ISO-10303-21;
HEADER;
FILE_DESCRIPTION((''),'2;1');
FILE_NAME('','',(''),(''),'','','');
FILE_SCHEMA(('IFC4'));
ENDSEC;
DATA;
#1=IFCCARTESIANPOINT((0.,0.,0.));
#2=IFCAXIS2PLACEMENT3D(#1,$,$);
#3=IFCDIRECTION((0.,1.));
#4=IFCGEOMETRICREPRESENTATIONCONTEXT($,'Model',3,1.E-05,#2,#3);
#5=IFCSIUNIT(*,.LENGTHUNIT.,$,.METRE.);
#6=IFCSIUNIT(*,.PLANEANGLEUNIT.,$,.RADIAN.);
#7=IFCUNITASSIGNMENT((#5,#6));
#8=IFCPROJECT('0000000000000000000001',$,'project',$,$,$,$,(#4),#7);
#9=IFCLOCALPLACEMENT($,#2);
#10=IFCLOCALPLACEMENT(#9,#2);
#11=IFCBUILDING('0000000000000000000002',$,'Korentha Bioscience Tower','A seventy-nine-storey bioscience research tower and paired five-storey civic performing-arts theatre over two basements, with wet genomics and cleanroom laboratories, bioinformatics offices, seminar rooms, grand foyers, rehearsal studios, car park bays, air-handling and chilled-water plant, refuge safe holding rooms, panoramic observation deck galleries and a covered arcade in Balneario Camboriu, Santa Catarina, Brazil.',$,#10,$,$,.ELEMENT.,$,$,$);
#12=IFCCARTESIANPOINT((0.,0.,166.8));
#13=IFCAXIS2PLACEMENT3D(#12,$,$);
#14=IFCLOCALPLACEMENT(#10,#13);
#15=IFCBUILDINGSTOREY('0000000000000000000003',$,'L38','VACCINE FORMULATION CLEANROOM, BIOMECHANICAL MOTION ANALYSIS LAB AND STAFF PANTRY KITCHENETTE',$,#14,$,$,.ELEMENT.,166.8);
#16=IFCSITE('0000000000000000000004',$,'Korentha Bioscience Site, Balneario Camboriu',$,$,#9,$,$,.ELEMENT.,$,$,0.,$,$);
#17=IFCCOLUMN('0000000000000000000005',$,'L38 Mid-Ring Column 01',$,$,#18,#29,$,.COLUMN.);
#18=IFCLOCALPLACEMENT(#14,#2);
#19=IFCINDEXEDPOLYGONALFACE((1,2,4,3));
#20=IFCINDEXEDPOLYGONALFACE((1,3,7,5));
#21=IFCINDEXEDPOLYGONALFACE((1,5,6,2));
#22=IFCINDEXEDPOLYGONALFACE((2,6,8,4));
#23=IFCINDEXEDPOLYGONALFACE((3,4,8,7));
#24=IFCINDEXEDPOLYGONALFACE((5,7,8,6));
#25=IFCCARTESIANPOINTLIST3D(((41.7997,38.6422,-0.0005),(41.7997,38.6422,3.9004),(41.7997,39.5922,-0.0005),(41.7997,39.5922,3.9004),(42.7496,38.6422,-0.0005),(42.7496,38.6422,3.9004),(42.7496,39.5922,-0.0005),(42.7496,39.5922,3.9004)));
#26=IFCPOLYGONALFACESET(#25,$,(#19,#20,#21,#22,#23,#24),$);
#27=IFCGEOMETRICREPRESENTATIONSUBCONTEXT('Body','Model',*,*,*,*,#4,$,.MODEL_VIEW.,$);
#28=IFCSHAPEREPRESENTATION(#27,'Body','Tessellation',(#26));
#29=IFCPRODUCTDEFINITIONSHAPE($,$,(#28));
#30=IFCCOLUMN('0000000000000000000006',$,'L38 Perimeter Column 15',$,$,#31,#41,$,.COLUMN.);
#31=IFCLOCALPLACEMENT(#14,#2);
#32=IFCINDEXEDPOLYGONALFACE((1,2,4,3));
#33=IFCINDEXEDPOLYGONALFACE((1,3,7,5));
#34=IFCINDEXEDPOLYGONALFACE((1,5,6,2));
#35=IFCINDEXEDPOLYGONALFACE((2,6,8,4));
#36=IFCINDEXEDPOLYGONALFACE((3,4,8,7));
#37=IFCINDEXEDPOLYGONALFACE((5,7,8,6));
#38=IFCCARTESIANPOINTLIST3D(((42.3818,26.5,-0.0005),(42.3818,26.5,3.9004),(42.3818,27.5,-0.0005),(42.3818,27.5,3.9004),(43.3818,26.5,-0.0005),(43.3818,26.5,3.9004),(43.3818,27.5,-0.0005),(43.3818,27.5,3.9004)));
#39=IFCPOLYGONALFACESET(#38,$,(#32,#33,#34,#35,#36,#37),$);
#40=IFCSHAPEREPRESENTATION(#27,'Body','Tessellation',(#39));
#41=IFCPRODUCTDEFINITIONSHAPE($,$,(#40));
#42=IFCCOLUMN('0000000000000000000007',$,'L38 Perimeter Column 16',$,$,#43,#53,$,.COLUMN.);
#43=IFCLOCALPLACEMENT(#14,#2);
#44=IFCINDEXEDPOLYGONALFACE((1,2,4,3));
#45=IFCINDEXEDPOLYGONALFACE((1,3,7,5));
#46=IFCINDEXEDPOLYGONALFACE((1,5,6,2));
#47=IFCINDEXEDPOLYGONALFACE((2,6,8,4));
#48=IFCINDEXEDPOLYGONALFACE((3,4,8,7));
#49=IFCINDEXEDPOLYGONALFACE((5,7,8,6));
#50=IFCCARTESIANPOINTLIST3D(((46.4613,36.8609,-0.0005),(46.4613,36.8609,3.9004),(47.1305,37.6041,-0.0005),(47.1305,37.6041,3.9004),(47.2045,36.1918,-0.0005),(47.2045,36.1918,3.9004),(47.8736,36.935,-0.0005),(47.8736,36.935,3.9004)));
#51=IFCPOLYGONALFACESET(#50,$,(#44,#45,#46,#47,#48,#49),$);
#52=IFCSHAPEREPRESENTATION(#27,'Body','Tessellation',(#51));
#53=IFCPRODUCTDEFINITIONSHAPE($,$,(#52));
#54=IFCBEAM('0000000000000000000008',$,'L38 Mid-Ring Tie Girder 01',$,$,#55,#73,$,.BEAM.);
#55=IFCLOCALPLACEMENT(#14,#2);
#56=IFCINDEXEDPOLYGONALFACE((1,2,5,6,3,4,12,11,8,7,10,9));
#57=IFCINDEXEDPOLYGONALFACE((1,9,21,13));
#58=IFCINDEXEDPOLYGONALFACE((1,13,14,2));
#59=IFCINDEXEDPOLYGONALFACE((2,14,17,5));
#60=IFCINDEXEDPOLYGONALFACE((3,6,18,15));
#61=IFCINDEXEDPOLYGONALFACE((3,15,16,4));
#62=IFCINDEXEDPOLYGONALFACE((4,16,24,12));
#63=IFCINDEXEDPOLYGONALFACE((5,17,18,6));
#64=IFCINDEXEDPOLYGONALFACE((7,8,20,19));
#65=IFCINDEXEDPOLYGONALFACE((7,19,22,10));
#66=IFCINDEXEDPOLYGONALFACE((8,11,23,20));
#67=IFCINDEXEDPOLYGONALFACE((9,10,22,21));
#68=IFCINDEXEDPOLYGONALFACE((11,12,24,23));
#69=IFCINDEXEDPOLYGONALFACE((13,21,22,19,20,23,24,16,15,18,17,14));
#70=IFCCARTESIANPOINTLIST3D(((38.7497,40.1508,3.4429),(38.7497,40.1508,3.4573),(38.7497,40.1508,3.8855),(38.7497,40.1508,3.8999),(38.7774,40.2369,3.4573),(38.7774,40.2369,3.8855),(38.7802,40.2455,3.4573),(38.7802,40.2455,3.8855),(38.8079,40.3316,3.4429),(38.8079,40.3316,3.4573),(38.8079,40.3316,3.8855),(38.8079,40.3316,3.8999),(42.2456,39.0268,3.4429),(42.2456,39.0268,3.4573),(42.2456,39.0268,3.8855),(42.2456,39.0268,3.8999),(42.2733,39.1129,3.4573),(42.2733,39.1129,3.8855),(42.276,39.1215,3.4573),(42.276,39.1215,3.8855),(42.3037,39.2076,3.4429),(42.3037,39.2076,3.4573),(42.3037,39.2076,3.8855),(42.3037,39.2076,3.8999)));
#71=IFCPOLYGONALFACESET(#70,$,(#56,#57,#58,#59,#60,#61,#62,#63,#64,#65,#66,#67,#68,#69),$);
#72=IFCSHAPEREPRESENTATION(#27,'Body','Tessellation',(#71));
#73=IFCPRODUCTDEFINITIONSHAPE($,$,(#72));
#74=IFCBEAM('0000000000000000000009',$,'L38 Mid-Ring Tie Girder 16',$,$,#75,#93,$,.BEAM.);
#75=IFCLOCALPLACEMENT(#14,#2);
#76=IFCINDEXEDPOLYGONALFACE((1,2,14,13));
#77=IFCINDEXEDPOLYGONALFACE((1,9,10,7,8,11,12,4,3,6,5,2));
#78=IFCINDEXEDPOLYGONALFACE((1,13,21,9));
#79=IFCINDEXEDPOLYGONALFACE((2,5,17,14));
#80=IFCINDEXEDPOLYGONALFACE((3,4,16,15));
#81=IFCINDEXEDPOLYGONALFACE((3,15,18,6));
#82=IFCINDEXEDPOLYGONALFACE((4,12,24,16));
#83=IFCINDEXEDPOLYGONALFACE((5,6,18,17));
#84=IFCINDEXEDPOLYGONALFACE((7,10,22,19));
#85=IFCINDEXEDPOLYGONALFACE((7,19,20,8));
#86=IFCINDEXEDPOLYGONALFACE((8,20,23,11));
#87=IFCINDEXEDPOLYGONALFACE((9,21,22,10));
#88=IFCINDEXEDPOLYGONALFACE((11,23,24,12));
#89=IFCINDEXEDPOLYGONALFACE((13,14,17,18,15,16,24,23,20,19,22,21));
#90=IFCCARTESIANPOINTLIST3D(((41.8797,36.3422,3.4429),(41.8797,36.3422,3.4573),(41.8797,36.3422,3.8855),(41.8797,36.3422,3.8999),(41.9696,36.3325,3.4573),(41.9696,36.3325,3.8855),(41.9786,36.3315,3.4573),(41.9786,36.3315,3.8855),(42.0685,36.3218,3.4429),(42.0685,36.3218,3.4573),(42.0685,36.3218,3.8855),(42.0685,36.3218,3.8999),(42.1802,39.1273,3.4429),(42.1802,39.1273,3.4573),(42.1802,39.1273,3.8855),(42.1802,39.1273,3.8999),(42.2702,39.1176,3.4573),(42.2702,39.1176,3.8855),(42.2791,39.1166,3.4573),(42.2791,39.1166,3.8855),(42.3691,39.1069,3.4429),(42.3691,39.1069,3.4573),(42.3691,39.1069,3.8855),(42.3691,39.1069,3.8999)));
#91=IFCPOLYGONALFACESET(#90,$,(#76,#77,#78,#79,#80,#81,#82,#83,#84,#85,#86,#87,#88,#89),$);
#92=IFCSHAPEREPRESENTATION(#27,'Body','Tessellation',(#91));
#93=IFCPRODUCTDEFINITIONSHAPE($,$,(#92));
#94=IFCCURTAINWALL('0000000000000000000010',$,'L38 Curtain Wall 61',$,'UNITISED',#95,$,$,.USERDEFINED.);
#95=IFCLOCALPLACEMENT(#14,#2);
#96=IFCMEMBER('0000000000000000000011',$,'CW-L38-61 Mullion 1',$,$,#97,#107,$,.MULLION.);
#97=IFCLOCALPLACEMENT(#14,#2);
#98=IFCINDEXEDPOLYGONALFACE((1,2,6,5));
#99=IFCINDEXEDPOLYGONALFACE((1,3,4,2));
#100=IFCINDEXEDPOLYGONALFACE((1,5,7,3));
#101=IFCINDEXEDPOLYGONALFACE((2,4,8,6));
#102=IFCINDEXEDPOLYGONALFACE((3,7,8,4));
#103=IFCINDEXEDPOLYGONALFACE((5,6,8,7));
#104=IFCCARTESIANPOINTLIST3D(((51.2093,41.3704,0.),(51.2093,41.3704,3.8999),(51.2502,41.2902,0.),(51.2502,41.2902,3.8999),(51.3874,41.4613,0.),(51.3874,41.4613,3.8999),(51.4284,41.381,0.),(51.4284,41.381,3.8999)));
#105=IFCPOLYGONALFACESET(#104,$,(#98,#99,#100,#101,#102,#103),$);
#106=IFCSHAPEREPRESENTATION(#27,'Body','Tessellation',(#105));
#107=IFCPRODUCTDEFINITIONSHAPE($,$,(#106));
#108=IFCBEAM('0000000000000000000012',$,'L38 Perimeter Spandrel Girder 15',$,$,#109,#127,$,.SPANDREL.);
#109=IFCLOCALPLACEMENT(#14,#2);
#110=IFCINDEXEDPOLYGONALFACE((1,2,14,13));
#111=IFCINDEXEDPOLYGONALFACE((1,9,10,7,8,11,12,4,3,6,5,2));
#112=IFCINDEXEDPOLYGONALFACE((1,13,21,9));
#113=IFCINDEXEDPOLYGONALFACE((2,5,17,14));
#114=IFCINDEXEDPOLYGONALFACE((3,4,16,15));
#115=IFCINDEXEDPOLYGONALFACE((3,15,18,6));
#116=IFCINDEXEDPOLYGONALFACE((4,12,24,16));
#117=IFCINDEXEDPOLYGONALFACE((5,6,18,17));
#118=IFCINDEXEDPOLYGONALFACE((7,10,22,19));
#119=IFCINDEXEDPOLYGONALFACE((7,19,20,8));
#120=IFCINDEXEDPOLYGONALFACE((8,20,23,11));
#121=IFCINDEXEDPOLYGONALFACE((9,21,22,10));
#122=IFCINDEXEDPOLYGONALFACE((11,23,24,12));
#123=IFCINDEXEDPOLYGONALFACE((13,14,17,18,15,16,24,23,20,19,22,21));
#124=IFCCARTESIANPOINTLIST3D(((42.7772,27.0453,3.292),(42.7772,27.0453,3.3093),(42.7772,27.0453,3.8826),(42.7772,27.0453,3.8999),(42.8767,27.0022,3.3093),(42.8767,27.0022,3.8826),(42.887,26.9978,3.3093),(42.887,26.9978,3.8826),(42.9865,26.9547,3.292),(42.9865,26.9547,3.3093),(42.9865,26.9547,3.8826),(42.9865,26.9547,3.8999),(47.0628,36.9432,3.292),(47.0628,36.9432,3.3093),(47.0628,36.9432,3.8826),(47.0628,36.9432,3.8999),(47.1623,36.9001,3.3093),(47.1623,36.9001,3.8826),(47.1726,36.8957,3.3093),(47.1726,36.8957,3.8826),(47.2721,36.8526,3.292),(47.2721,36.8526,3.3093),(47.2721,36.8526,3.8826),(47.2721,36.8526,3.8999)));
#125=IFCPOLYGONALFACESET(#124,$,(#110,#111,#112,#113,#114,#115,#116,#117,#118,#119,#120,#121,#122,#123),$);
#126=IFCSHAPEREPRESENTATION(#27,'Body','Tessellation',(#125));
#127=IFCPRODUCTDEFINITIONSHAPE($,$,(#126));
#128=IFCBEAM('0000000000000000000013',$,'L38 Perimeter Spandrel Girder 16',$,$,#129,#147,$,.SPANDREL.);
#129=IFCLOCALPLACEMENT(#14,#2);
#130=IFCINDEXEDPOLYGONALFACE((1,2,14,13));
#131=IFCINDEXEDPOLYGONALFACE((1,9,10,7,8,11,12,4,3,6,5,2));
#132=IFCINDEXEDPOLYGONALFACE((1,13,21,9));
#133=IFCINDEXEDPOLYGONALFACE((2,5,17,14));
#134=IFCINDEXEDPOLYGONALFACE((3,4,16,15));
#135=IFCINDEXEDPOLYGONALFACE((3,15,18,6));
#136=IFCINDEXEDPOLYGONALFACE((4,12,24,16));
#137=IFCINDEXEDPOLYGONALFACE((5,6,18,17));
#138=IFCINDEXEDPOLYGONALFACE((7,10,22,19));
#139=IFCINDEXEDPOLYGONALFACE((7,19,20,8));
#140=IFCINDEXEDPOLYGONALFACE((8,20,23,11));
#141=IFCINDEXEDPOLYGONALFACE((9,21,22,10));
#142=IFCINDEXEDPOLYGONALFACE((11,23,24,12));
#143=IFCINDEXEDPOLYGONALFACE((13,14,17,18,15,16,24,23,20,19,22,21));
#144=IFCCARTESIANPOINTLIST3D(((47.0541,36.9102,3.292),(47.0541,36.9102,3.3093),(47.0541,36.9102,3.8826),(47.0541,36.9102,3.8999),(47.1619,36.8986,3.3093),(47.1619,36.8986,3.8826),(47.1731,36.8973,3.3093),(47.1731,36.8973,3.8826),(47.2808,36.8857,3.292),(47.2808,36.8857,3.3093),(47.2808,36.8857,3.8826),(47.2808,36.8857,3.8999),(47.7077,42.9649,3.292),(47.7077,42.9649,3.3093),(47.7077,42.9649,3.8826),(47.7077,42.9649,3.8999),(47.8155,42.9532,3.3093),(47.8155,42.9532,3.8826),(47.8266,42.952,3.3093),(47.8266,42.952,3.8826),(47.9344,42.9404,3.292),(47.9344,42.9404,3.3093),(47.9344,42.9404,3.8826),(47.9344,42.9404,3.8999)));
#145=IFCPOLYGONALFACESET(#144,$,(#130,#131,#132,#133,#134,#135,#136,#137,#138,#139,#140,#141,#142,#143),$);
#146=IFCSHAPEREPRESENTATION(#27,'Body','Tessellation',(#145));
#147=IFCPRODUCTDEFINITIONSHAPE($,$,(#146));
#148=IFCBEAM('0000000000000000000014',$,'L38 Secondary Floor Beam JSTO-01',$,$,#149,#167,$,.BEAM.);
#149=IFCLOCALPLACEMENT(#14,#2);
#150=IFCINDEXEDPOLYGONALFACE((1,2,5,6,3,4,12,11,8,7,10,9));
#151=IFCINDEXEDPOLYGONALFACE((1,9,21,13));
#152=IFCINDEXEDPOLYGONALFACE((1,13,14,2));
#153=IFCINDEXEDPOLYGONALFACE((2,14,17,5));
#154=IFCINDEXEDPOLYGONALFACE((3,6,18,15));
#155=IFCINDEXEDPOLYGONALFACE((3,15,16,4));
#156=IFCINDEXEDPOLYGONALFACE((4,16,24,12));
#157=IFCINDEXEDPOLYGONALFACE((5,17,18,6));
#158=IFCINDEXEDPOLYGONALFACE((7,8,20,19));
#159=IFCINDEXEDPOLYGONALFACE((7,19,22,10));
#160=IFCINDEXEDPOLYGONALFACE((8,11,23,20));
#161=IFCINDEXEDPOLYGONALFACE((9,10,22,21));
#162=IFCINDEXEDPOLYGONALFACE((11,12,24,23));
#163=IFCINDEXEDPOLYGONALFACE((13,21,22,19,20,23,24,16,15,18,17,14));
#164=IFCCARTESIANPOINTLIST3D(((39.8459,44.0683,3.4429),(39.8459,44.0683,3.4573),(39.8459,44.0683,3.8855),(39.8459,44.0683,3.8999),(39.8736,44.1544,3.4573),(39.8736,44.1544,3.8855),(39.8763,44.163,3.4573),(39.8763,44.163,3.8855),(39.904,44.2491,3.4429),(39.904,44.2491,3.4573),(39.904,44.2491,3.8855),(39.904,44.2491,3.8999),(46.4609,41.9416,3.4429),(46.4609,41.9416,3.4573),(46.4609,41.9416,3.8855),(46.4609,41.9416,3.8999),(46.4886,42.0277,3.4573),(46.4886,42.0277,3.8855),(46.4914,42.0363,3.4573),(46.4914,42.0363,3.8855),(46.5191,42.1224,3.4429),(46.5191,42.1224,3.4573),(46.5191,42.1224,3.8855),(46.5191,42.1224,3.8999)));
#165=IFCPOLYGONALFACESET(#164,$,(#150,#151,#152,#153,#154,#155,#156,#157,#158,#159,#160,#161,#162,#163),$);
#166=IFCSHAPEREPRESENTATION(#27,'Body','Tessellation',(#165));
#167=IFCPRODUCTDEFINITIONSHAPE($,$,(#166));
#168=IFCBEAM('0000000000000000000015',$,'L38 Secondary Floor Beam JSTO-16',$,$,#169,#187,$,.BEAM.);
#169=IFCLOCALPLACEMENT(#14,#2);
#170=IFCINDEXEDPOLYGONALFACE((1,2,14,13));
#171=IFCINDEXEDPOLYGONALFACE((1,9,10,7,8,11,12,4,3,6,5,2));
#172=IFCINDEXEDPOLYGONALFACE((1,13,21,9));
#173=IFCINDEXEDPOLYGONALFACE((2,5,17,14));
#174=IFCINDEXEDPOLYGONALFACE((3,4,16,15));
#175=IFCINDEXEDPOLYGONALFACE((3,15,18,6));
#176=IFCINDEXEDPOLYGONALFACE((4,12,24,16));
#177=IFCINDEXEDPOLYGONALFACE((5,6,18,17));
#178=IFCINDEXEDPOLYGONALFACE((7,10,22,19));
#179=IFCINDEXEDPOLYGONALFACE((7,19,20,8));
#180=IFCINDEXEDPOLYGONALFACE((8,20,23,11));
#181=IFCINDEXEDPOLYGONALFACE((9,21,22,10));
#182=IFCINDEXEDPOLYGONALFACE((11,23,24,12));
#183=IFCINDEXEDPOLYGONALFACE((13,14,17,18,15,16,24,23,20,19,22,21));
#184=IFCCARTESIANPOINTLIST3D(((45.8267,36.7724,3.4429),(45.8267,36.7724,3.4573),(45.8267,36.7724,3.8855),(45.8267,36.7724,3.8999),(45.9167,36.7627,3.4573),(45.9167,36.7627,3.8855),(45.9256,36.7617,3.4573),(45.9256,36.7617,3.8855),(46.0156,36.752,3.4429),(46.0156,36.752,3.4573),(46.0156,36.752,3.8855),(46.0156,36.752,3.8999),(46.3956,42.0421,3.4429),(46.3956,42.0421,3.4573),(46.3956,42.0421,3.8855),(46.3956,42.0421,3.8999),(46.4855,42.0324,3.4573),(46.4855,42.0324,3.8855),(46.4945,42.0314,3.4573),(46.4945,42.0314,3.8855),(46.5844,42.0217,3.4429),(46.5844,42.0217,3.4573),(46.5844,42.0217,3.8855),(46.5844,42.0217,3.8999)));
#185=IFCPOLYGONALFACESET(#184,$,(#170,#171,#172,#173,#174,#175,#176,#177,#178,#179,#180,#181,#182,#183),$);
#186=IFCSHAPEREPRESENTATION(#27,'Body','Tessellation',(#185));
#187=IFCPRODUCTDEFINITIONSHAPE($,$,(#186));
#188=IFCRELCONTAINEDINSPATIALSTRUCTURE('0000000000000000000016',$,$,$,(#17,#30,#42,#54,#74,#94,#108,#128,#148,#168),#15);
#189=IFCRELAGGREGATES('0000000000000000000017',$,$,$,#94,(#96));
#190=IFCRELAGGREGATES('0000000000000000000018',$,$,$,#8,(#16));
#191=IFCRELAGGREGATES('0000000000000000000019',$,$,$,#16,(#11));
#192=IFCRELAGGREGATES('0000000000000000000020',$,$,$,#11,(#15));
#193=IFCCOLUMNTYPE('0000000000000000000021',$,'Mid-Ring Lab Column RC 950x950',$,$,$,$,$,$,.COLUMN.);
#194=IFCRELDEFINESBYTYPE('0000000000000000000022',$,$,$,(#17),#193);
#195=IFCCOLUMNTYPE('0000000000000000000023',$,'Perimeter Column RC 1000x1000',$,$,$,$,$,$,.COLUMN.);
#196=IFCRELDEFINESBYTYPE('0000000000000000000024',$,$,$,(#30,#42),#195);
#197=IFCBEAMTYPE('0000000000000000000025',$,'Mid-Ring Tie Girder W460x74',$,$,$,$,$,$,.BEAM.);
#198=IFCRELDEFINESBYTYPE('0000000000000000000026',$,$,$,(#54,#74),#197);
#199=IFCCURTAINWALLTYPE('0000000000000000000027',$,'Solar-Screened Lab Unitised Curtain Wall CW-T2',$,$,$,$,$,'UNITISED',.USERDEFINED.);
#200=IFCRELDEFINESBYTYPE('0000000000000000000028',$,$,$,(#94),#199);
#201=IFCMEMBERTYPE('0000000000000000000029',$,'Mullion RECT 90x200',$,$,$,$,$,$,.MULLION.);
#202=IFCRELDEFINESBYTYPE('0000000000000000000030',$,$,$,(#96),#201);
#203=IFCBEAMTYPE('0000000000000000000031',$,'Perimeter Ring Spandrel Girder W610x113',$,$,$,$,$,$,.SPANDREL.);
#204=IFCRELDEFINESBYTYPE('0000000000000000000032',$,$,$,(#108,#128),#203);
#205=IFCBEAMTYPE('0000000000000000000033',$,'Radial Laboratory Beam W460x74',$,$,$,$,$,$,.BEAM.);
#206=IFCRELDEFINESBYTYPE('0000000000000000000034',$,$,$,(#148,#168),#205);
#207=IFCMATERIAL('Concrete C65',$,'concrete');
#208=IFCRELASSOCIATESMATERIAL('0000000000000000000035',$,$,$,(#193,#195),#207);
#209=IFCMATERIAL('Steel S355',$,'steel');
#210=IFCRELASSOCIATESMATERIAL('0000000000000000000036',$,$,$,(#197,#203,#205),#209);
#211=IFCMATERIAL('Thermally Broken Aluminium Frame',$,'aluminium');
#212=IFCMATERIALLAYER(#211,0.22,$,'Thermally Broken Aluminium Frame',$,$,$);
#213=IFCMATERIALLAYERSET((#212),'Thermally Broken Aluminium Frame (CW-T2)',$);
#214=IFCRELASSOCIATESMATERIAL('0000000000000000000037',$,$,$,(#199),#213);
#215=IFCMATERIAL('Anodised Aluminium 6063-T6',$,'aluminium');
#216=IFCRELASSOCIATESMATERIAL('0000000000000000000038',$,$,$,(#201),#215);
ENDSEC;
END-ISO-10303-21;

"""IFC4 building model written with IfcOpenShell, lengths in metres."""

from ifc_helpers import new_model, si_unit, direction, frame, origin, origin_2d, place, context, subcontext, project, spatial, rectangle, i_section, extrude, material, layer, layer_set, material_profile, profile_set, type_object, element, aggregate, save


model = new_model("IFC4")

# Units and contexts
model_context = context("Model", 3, precision=1e-05, world=origin(), true_north=direction((0.0, 1.0)))
body_context = subcontext(model_context, "Body", "Model", "MODEL_VIEW")
ifc_project = project(units=[si_unit("LENGTHUNIT", "METRE"), si_unit("PLANEANGLEUNIT", "RADIAN")], contexts=[model_context])

# Site, building, storey
site_placement = place(None, origin())
site = spatial("IfcSite", under=ifc_project, at=site_placement, Name="Korentha Bioscience Site, Balneario Camboriu", CompositionType="ELEMENT", RefElevation=0.0)
building_placement = place(site_placement, origin())
building = spatial("IfcBuilding", under=site, at=building_placement, Name="Korentha Bioscience Tower", Description="A seventy-nine-storey bioscience research tower and paired five-storey civic performing-arts theatre over two basements, with wet genomics and cleanroom laboratories, bioinformatics offices, seminar rooms, grand foyers, rehearsal studios, car park bays, air-handling and chilled-water plant, refuge safe holding rooms, panoramic observation deck galleries and a covered arcade in Balneario Camboriu, Santa Catarina, Brazil.", CompositionType="ELEMENT")
storey_placement = place(building_placement, frame((0.0, 0.0, 166.8)))
storey = spatial("IfcBuildingStorey", under=building, at=storey_placement, Name="L38", Description="VACCINE FORMULATION CLEANROOM, BIOMECHANICAL MOTION ANALYSIS LAB AND STAFF PANTRY KITCHENETTE", CompositionType="ELEMENT", Elevation=166.8)

# Columns
ifc_material_1 = material(Name="Concrete C65", Category="concrete")
ifc_material_profile_1 = material_profile(ifc_material_1, rectangle(XDim=0.95, YDim=0.95, at=origin_2d()), Name="Concrete C65")
ifc_profile_set_1 = profile_set([ifc_material_profile_1], Name="Concrete C65 (COL-MR09)")
column_type_1 = type_object("IfcColumnType", Name="Mid-Ring Lab Column RC 950x950", PredefinedType="COLUMN", material=ifc_profile_set_1)
column_placement = place(storey_placement, frame((42.2747, 39.1172, -0.0005), z_axis=(0.0, 0.0, 1.0), x_axis=(1.0, 0.0, 0.0)))
element("IfcColumn", 1, at=column_placement, inside=storey, type_object=column_type_1, Name="L38 Mid-Ring Column 01", PredefinedType="COLUMN", context=body_context, shape_type="SweptSolid", body=[
    extrude(rectangle(XDim=0.95, YDim=0.95, at=origin_2d()), origin(), (0.0, 0.0, 1.0), 3.9009),
])
ifc_material_profile_2 = material_profile(ifc_material_1, rectangle(XDim=1.0, YDim=1.0, at=origin_2d()), Name="Concrete C65")
ifc_profile_set_2 = profile_set([ifc_material_profile_2], Name="Concrete C65 (COL-P10)")
column_type_2 = type_object("IfcColumnType", Name="Perimeter Column RC 1000x1000", PredefinedType="COLUMN", material=ifc_profile_set_2)
for number, where, z_axis, x_axis, name in (
    (2, (42.8818, 27.0, -0.0005), (0.0, 0.0, 1.0), (0.0, 1.0, 0.0), "L38 Perimeter Column 15"),
    (3, (47.1675, 36.8979, -0.0005), (0.0, 0.0, 1.0), (0.669131, 0.743145, 0.0), "L38 Perimeter Column 16"),
):
    element("IfcColumn", number, at=place(storey_placement, frame(where, z_axis=z_axis, x_axis=x_axis)), inside=storey, type_object=column_type_2, Name=name, PredefinedType="COLUMN", context=body_context, shape_type="SweptSolid", body=[
        extrude(rectangle(XDim=1.0, YDim=1.0, at=origin_2d()), origin(), (0.0, 0.0, 1.0), 3.9009),
    ])

# Beams
ifc_material_2 = material(Name="Steel S355", Category="steel")
ifc_material_profile_3 = material_profile(ifc_material_2, i_section(OverallWidth=0.1899, OverallDepth=0.457, WebThickness=0.009, FlangeThickness=0.0144, at=origin_2d()), Name="Steel S355")
ifc_profile_set_3 = profile_set([ifc_material_profile_3], Name="Steel S355 (MB-460)")
beam_type_1 = type_object("IfcBeamType", Name="Mid-Ring Tie Girder W460x74", PredefinedType="BEAM", material=ifc_profile_set_3)
beam_1_placement = place(storey_placement, frame((42.2747, 39.1172, 3.6714), z_axis=(-0.952, 0.306097, 0.0), x_axis=(-0.306097, -0.952, 0.0)))
element("IfcBeam", 4, at=beam_1_placement, inside=storey, type_object=beam_type_1, Name="L38 Mid-Ring Tie Girder 01", PredefinedType="BEAM", context=body_context, shape_type="SweptSolid", body=[
    extrude(i_section(OverallWidth=0.1899, OverallDepth=0.457, WebThickness=0.009, FlangeThickness=0.0144, at=origin_2d()), origin(), (0.0, 0.0, 1.0), 3.6721),
])
beam_2_placement = place(storey_placement, frame((41.9741, 36.332, 3.6714), z_axis=(0.107284, 0.994228, 0.0), x_axis=(-0.994228, 0.107284, 0.0)))
element("IfcBeam", 5, at=beam_2_placement, inside=storey, type_object=beam_type_1, Name="L38 Mid-Ring Tie Girder 16", PredefinedType="BEAM", context=body_context, shape_type="SweptSolid", body=[
    extrude(i_section(OverallWidth=0.1899, OverallDepth=0.457, WebThickness=0.009, FlangeThickness=0.0144, at=origin_2d()), origin(), (0.0, 0.0, 1.0), 2.8013),
])

# Curtain wall, member
ifc_material_3 = material(Name="Thermally Broken Aluminium Frame", Category="aluminium")
ifc_layer_1 = layer(ifc_material_3, 0.22, Name="Thermally Broken Aluminium Frame")
ifc_layer_set_1 = layer_set([ifc_layer_1], Name="Thermally Broken Aluminium Frame (CW-T2)")
curtain_wall_type = type_object("IfcCurtainWallType", Name="Solar-Screened Lab Unitised Curtain Wall CW-T2", ElementType="UNITISED", PredefinedType="USERDEFINED", material=ifc_layer_set_1)
curtain_wall_placement = place(storey_placement, origin())
curtain_wall = element("IfcCurtainWall", 6, at=curtain_wall_placement, inside=storey, type_object=curtain_wall_type, Name="L38 Curtain Wall 61", ObjectType="UNITISED", PredefinedType="USERDEFINED")
ifc_material_4 = material(Name="Anodised Aluminium 6063-T6", Category="aluminium")
ifc_material_profile_4 = material_profile(ifc_material_4, rectangle(XDim=0.0901, YDim=0.2, at=origin_2d()), Name="Anodised Aluminium 6063-T6")
ifc_profile_set_4 = profile_set([ifc_material_profile_4], Name="Anodised Aluminium 6063-T6 (CW-MUL)")
member_type_1 = type_object("IfcMemberType", Name="Mullion RECT 90x200", PredefinedType="MULLION", material=ifc_profile_set_4)
member_1_placement = place(storey_placement, frame((51.3188, 41.3757, 0.0), z_axis=(0.0, 0.0, 1.0), x_axis=(-0.454288, 0.890855, 0.0)))
member_1 = element("IfcMember", 7, at=member_1_placement, type_object=member_type_1, Name="CW-L38-61 Mullion 1", PredefinedType="MULLION", context=body_context, shape_type="SweptSolid", body=[
    extrude(rectangle(XDim=0.0901, YDim=0.2, at=origin_2d()), origin(), (0.0, 0.0, 1.0), 3.8999),
])

# Beams
ifc_material_profile_5 = material_profile(ifc_material_2, i_section(OverallWidth=0.228, OverallDepth=0.6079, WebThickness=0.0112, FlangeThickness=0.0173, at=origin_2d()), Name="Steel S355")
ifc_profile_set_5 = profile_set([ifc_material_profile_5], Name="Steel S355 (SB-610)")
beam_type_2 = type_object("IfcBeamType", Name="Perimeter Ring Spandrel Girder W610x113", PredefinedType="SPANDREL", material=ifc_profile_set_5)
beam_3_placement = place(storey_placement, frame((42.8818, 27.0, 3.5959), z_axis=(0.397337, 0.917673, 0.0), x_axis=(-0.917673, 0.397337, 0.0)))
element("IfcBeam", 8, at=beam_3_placement, inside=storey, type_object=beam_type_2, Name="L38 Perimeter Spandrel Girder 15", PredefinedType="SPANDREL", context=body_context, shape_type="SweptSolid", body=[
    extrude(i_section(OverallWidth=0.228, OverallDepth=0.6079, WebThickness=0.0112, FlangeThickness=0.0173, at=origin_2d()), origin(), (0.0, 0.0, 1.0), 10.7859),
])
beam_4_placement = place(storey_placement, frame((47.1675, 36.8979, 3.5959), z_axis=(0.10732, 0.994225, 0.0), x_axis=(-0.994225, 0.10732, 0.0)))
element("IfcBeam", 9, at=beam_4_placement, inside=storey, type_object=beam_type_2, Name="L38 Perimeter Spandrel Girder 16", PredefinedType="SPANDREL", context=body_context, shape_type="SweptSolid", body=[
    extrude(i_section(OverallWidth=0.228, OverallDepth=0.6079, WebThickness=0.0112, FlangeThickness=0.0173, at=origin_2d()), origin(), (0.0, 0.0, 1.0), 6.0898),
])
ifc_material_profile_6 = material_profile(ifc_material_2, i_section(OverallWidth=0.1899, OverallDepth=0.457, WebThickness=0.009, FlangeThickness=0.0144, at=origin_2d()), Name="Steel S355")
ifc_profile_set_6 = profile_set([ifc_material_profile_6], Name="Steel S355 (RB-460)")
beam_type_3 = type_object("IfcBeamType", Name="Radial Laboratory Beam W460x74", PredefinedType="BEAM", material=ifc_profile_set_6)
beam_5_placement = place(storey_placement, frame((46.49, 42.032, 3.6714), z_axis=(-0.952009, 0.306069, 0.0), x_axis=(-0.306069, -0.952009, 0.0)))
element("IfcBeam", 10, at=beam_5_placement, inside=storey, type_object=beam_type_3, Name="L38 Secondary Floor Beam JSTO-01", PredefinedType="BEAM", context=body_context, shape_type="SweptSolid", body=[
    extrude(i_section(OverallWidth=0.1899, OverallDepth=0.457, WebThickness=0.009, FlangeThickness=0.0144, at=origin_2d()), origin(), (0.0, 0.0, 1.0), 6.9485),
])
beam_6_placement = place(storey_placement, frame((45.9211, 36.7622, 3.6714), z_axis=(0.107322, 0.994224, 0.0), x_axis=(-0.994224, 0.107322, 0.0)))
element("IfcBeam", 11, at=beam_6_placement, inside=storey, type_object=beam_type_3, Name="L38 Secondary Floor Beam JSTO-16", PredefinedType="BEAM", context=body_context, shape_type="SweptSolid", body=[
    extrude(i_section(OverallWidth=0.1899, OverallDepth=0.457, WebThickness=0.009, FlangeThickness=0.0144, at=origin_2d()), origin(), (0.0, 0.0, 1.0), 5.3003),
])

aggregate(curtain_wall, [member_1])

save(model, "model.ifc")
